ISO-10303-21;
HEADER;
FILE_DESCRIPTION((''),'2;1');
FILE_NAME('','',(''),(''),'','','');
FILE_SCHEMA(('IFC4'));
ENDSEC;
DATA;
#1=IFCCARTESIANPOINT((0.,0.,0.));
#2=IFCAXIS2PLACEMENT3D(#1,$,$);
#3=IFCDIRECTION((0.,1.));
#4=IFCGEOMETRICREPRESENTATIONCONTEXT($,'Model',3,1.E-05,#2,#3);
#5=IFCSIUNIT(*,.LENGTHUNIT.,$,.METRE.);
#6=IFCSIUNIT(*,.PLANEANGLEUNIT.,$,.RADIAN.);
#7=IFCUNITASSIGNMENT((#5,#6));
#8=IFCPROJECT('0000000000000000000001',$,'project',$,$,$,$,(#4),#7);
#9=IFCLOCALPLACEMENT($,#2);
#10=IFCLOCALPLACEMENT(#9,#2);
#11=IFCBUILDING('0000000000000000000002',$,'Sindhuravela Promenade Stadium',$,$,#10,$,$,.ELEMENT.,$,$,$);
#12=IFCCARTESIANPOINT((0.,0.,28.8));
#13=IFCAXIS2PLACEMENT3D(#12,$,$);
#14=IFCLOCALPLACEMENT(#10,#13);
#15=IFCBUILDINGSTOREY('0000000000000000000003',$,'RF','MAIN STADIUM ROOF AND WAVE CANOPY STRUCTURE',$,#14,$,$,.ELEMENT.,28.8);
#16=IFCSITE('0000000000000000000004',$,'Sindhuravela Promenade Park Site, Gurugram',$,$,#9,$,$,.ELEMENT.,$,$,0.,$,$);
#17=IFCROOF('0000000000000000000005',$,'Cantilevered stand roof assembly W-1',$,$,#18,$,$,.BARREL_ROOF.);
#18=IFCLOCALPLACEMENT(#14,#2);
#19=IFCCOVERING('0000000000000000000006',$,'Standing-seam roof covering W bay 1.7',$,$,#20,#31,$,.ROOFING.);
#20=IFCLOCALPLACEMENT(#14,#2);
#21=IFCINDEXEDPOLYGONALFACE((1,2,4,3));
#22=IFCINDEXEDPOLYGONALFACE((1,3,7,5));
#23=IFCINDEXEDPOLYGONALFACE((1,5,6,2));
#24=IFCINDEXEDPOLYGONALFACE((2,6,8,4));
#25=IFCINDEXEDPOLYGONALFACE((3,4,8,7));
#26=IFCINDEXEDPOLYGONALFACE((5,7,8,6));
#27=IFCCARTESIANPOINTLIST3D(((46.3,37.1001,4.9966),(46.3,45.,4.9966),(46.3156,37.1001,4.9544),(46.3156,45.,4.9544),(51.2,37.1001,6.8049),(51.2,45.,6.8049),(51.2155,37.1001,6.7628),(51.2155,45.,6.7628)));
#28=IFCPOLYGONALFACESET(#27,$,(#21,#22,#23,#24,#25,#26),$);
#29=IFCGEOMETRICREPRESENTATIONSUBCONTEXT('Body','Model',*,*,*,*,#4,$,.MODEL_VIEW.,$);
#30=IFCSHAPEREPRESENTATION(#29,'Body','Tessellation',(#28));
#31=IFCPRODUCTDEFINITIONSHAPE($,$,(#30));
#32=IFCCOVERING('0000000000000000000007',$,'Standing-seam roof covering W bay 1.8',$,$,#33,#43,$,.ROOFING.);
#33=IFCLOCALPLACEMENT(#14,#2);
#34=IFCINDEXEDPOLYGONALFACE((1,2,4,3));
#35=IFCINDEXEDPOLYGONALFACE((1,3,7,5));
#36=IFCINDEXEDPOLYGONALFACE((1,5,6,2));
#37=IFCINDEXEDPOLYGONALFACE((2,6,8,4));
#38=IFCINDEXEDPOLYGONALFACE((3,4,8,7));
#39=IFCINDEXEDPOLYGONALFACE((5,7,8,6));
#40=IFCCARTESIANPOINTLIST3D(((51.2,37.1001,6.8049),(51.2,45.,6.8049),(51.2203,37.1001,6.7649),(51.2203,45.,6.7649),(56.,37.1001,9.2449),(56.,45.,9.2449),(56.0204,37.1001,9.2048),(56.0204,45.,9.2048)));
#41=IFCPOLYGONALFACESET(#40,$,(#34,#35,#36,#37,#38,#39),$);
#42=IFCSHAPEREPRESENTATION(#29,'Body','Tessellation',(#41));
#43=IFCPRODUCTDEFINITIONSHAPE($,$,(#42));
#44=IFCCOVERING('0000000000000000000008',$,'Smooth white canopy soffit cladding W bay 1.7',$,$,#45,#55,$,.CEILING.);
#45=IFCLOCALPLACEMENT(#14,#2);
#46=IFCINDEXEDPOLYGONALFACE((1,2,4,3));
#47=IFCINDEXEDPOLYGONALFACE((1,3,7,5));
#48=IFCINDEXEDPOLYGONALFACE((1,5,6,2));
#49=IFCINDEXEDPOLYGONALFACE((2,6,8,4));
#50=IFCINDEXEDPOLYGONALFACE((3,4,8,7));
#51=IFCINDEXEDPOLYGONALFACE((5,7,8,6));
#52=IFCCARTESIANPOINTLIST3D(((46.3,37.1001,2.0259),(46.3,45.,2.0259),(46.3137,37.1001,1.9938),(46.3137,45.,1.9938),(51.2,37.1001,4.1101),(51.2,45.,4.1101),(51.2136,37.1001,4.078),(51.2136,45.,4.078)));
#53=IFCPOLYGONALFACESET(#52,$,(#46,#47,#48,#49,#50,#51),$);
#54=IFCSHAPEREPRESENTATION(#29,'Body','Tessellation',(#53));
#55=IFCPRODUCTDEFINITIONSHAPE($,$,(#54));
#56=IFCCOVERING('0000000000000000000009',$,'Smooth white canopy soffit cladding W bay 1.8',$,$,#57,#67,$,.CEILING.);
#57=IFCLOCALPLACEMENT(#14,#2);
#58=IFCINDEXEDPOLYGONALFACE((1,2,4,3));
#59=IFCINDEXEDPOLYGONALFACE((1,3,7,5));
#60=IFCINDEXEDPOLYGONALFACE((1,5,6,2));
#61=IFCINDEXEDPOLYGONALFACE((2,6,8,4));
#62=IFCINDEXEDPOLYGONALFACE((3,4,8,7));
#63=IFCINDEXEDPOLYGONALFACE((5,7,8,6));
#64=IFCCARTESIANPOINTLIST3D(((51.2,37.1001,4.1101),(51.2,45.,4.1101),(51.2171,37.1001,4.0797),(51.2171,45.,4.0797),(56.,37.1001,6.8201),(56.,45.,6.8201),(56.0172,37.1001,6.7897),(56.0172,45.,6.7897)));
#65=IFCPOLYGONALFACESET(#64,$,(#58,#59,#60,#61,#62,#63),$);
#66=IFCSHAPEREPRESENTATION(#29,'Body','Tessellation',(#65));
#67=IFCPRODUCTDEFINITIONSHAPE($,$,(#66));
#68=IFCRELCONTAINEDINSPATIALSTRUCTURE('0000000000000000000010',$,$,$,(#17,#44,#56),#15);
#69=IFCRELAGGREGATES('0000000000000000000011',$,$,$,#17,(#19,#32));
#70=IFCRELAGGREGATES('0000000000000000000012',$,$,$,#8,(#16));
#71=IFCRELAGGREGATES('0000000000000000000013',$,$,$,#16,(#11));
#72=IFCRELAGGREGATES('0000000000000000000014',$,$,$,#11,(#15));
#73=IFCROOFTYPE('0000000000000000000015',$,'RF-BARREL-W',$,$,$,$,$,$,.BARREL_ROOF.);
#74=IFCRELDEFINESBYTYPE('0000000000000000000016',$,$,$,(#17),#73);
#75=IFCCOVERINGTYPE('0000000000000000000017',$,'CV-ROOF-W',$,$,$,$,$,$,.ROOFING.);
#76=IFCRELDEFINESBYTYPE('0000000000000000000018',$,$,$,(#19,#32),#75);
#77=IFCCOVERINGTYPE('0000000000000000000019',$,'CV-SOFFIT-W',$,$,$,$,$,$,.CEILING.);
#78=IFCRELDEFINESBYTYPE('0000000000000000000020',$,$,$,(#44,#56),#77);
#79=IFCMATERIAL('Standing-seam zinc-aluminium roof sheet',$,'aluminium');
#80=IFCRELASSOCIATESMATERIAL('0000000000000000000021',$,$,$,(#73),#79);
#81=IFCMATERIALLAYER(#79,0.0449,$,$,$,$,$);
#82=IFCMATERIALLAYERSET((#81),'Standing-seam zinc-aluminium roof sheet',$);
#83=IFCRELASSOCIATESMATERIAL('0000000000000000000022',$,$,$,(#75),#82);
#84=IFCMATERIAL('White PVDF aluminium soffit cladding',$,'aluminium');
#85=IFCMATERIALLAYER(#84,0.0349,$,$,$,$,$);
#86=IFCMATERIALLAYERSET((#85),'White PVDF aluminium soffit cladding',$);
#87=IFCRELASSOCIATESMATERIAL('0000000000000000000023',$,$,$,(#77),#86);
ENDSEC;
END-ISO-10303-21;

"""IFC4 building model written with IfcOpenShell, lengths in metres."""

from ifc_helpers import new_model, si_unit, direction, frame, origin, place, context, subcontext, project, spatial, polyline, outline, extrude, material, layer, layer_set, type_object, element, aggregate, save


model = new_model("IFC4")

# Units and contexts
model_context = context("Model", 3, precision=1e-05, world=origin(), true_north=direction((0.0, 1.0)))
body_context = subcontext(model_context, "Body", "Model", "MODEL_VIEW")
ifc_project = project(units=[si_unit("LENGTHUNIT", "METRE"), si_unit("PLANEANGLEUNIT", "RADIAN")], contexts=[model_context])

# Site, building, storey
site_placement = place(None, origin())
site = spatial("IfcSite", under=ifc_project, at=site_placement, Name="Sindhuravela Promenade Park Site, Gurugram", CompositionType="ELEMENT", RefElevation=0.0)
building_placement = place(site_placement, origin())
building = spatial("IfcBuilding", under=site, at=building_placement, Name="Sindhuravela Promenade Stadium", CompositionType="ELEMENT")
storey_placement = place(building_placement, frame((0.0, 0.0, 28.8)))
storey = spatial("IfcBuildingStorey", under=building, at=storey_placement, Name="RF", Description="MAIN STADIUM ROOF AND WAVE CANOPY STRUCTURE", CompositionType="ELEMENT", Elevation=28.8)

# Roof, coverings
ifc_material_1 = material(Name="Standing-seam zinc-aluminium roof sheet", Category="aluminium")
roof_type = type_object("IfcRoofType", Name="RF-BARREL-W", PredefinedType="BARREL_ROOF", material=ifc_material_1)
roof_placement = place(storey_placement, origin())
roof = element("IfcRoof", 1, at=roof_placement, inside=storey, type_object=roof_type, Name="Cantilevered stand roof assembly W-1", PredefinedType="BARREL_ROOF")
ifc_layer_1 = layer(ifc_material_1, 0.0449)
ifc_layer_set_1 = layer_set([ifc_layer_1], Name="Standing-seam zinc-aluminium roof sheet")
covering_type_1 = type_object("IfcCoveringType", Name="CV-ROOF-W", PredefinedType="ROOFING", material=ifc_layer_set_1)
covering_1_placement = place(storey_placement, frame((46.3, 37.1001, 4.9966), z_axis=(-0.346232, 0.0, 0.938149), x_axis=(0.0, 1.0, 0.0)))
covering_1 = element("IfcCovering", 2, at=covering_1_placement, type_object=covering_type_1, Name="Standing-seam roof covering W bay 1.7", PredefinedType="ROOFING", context=body_context, shape_type="SweptSolid", body=[
    extrude(outline(polyline([(0.0, 0.0), (0.0, -5.2229), (7.8999, -5.2229), (7.8999, 0.0), (0.0, 0.0)])), origin(), (0.0, 0.0, -1.0), 0.0449),
])
covering_2_placement = place(storey_placement, frame((51.2, 37.1001, 6.8049), z_axis=(-0.453134, 0.0, 0.891442), x_axis=(0.0, 1.0, 0.0)))
covering_2 = element("IfcCovering", 3, at=covering_2_placement, type_object=covering_type_1, Name="Standing-seam roof covering W bay 1.8", PredefinedType="ROOFING", context=body_context, shape_type="SweptSolid", body=[
    extrude(outline(polyline([(0.0, 0.0), (0.0, -5.3846), (7.8999, -5.3846), (7.8999, 0.0), (0.0, 0.0)])), origin(), (0.0, 0.0, -1.0), 0.0449),
])
aggregate(roof, [covering_1, covering_2])

# Coverings
ifc_material_2 = material(Name="White PVDF aluminium soffit cladding", Category="aluminium")
ifc_layer_2 = layer(ifc_material_2, 0.0349)
ifc_layer_set_2 = layer_set([ifc_layer_2], Name="White PVDF aluminium soffit cladding")
covering_type_2 = type_object("IfcCoveringType", Name="CV-SOFFIT-W", PredefinedType="CEILING", material=ifc_layer_set_2)
covering_3_placement = place(storey_placement, frame((46.3, 37.1001, 2.0259), z_axis=(-0.391422, 0.0, 0.920211), x_axis=(0.0, 1.0, 0.0)))
element("IfcCovering", 4, at=covering_3_placement, inside=storey, type_object=covering_type_2, Name="Smooth white canopy soffit cladding W bay 1.7", PredefinedType="CEILING", context=body_context, shape_type="SweptSolid", body=[
    extrude(outline(polyline([(0.0, 0.0), (0.0, -5.3248), (7.8999, -5.3248), (7.8999, 0.0), (0.0, 0.0)])), origin(), (0.0, 0.0, -1.0), 0.0349),
])
covering_4_placement = place(storey_placement, frame((51.2, 37.1001, 4.1101), z_axis=(-0.49163, 0.0, 0.870804), x_axis=(0.0, 1.0, 0.0)))
element("IfcCovering", 5, at=covering_4_placement, inside=storey, type_object=covering_type_2, Name="Smooth white canopy soffit cladding W bay 1.8", PredefinedType="CEILING", context=body_context, shape_type="SweptSolid", body=[
    extrude(outline(polyline([(0.0, 0.0), (0.0, -5.5122), (7.8999, -5.5122), (7.8999, 0.0), (0.0, 0.0)])), origin(), (0.0, 0.0, -1.0), 0.0349),
])

save(model, "model.ifc")
